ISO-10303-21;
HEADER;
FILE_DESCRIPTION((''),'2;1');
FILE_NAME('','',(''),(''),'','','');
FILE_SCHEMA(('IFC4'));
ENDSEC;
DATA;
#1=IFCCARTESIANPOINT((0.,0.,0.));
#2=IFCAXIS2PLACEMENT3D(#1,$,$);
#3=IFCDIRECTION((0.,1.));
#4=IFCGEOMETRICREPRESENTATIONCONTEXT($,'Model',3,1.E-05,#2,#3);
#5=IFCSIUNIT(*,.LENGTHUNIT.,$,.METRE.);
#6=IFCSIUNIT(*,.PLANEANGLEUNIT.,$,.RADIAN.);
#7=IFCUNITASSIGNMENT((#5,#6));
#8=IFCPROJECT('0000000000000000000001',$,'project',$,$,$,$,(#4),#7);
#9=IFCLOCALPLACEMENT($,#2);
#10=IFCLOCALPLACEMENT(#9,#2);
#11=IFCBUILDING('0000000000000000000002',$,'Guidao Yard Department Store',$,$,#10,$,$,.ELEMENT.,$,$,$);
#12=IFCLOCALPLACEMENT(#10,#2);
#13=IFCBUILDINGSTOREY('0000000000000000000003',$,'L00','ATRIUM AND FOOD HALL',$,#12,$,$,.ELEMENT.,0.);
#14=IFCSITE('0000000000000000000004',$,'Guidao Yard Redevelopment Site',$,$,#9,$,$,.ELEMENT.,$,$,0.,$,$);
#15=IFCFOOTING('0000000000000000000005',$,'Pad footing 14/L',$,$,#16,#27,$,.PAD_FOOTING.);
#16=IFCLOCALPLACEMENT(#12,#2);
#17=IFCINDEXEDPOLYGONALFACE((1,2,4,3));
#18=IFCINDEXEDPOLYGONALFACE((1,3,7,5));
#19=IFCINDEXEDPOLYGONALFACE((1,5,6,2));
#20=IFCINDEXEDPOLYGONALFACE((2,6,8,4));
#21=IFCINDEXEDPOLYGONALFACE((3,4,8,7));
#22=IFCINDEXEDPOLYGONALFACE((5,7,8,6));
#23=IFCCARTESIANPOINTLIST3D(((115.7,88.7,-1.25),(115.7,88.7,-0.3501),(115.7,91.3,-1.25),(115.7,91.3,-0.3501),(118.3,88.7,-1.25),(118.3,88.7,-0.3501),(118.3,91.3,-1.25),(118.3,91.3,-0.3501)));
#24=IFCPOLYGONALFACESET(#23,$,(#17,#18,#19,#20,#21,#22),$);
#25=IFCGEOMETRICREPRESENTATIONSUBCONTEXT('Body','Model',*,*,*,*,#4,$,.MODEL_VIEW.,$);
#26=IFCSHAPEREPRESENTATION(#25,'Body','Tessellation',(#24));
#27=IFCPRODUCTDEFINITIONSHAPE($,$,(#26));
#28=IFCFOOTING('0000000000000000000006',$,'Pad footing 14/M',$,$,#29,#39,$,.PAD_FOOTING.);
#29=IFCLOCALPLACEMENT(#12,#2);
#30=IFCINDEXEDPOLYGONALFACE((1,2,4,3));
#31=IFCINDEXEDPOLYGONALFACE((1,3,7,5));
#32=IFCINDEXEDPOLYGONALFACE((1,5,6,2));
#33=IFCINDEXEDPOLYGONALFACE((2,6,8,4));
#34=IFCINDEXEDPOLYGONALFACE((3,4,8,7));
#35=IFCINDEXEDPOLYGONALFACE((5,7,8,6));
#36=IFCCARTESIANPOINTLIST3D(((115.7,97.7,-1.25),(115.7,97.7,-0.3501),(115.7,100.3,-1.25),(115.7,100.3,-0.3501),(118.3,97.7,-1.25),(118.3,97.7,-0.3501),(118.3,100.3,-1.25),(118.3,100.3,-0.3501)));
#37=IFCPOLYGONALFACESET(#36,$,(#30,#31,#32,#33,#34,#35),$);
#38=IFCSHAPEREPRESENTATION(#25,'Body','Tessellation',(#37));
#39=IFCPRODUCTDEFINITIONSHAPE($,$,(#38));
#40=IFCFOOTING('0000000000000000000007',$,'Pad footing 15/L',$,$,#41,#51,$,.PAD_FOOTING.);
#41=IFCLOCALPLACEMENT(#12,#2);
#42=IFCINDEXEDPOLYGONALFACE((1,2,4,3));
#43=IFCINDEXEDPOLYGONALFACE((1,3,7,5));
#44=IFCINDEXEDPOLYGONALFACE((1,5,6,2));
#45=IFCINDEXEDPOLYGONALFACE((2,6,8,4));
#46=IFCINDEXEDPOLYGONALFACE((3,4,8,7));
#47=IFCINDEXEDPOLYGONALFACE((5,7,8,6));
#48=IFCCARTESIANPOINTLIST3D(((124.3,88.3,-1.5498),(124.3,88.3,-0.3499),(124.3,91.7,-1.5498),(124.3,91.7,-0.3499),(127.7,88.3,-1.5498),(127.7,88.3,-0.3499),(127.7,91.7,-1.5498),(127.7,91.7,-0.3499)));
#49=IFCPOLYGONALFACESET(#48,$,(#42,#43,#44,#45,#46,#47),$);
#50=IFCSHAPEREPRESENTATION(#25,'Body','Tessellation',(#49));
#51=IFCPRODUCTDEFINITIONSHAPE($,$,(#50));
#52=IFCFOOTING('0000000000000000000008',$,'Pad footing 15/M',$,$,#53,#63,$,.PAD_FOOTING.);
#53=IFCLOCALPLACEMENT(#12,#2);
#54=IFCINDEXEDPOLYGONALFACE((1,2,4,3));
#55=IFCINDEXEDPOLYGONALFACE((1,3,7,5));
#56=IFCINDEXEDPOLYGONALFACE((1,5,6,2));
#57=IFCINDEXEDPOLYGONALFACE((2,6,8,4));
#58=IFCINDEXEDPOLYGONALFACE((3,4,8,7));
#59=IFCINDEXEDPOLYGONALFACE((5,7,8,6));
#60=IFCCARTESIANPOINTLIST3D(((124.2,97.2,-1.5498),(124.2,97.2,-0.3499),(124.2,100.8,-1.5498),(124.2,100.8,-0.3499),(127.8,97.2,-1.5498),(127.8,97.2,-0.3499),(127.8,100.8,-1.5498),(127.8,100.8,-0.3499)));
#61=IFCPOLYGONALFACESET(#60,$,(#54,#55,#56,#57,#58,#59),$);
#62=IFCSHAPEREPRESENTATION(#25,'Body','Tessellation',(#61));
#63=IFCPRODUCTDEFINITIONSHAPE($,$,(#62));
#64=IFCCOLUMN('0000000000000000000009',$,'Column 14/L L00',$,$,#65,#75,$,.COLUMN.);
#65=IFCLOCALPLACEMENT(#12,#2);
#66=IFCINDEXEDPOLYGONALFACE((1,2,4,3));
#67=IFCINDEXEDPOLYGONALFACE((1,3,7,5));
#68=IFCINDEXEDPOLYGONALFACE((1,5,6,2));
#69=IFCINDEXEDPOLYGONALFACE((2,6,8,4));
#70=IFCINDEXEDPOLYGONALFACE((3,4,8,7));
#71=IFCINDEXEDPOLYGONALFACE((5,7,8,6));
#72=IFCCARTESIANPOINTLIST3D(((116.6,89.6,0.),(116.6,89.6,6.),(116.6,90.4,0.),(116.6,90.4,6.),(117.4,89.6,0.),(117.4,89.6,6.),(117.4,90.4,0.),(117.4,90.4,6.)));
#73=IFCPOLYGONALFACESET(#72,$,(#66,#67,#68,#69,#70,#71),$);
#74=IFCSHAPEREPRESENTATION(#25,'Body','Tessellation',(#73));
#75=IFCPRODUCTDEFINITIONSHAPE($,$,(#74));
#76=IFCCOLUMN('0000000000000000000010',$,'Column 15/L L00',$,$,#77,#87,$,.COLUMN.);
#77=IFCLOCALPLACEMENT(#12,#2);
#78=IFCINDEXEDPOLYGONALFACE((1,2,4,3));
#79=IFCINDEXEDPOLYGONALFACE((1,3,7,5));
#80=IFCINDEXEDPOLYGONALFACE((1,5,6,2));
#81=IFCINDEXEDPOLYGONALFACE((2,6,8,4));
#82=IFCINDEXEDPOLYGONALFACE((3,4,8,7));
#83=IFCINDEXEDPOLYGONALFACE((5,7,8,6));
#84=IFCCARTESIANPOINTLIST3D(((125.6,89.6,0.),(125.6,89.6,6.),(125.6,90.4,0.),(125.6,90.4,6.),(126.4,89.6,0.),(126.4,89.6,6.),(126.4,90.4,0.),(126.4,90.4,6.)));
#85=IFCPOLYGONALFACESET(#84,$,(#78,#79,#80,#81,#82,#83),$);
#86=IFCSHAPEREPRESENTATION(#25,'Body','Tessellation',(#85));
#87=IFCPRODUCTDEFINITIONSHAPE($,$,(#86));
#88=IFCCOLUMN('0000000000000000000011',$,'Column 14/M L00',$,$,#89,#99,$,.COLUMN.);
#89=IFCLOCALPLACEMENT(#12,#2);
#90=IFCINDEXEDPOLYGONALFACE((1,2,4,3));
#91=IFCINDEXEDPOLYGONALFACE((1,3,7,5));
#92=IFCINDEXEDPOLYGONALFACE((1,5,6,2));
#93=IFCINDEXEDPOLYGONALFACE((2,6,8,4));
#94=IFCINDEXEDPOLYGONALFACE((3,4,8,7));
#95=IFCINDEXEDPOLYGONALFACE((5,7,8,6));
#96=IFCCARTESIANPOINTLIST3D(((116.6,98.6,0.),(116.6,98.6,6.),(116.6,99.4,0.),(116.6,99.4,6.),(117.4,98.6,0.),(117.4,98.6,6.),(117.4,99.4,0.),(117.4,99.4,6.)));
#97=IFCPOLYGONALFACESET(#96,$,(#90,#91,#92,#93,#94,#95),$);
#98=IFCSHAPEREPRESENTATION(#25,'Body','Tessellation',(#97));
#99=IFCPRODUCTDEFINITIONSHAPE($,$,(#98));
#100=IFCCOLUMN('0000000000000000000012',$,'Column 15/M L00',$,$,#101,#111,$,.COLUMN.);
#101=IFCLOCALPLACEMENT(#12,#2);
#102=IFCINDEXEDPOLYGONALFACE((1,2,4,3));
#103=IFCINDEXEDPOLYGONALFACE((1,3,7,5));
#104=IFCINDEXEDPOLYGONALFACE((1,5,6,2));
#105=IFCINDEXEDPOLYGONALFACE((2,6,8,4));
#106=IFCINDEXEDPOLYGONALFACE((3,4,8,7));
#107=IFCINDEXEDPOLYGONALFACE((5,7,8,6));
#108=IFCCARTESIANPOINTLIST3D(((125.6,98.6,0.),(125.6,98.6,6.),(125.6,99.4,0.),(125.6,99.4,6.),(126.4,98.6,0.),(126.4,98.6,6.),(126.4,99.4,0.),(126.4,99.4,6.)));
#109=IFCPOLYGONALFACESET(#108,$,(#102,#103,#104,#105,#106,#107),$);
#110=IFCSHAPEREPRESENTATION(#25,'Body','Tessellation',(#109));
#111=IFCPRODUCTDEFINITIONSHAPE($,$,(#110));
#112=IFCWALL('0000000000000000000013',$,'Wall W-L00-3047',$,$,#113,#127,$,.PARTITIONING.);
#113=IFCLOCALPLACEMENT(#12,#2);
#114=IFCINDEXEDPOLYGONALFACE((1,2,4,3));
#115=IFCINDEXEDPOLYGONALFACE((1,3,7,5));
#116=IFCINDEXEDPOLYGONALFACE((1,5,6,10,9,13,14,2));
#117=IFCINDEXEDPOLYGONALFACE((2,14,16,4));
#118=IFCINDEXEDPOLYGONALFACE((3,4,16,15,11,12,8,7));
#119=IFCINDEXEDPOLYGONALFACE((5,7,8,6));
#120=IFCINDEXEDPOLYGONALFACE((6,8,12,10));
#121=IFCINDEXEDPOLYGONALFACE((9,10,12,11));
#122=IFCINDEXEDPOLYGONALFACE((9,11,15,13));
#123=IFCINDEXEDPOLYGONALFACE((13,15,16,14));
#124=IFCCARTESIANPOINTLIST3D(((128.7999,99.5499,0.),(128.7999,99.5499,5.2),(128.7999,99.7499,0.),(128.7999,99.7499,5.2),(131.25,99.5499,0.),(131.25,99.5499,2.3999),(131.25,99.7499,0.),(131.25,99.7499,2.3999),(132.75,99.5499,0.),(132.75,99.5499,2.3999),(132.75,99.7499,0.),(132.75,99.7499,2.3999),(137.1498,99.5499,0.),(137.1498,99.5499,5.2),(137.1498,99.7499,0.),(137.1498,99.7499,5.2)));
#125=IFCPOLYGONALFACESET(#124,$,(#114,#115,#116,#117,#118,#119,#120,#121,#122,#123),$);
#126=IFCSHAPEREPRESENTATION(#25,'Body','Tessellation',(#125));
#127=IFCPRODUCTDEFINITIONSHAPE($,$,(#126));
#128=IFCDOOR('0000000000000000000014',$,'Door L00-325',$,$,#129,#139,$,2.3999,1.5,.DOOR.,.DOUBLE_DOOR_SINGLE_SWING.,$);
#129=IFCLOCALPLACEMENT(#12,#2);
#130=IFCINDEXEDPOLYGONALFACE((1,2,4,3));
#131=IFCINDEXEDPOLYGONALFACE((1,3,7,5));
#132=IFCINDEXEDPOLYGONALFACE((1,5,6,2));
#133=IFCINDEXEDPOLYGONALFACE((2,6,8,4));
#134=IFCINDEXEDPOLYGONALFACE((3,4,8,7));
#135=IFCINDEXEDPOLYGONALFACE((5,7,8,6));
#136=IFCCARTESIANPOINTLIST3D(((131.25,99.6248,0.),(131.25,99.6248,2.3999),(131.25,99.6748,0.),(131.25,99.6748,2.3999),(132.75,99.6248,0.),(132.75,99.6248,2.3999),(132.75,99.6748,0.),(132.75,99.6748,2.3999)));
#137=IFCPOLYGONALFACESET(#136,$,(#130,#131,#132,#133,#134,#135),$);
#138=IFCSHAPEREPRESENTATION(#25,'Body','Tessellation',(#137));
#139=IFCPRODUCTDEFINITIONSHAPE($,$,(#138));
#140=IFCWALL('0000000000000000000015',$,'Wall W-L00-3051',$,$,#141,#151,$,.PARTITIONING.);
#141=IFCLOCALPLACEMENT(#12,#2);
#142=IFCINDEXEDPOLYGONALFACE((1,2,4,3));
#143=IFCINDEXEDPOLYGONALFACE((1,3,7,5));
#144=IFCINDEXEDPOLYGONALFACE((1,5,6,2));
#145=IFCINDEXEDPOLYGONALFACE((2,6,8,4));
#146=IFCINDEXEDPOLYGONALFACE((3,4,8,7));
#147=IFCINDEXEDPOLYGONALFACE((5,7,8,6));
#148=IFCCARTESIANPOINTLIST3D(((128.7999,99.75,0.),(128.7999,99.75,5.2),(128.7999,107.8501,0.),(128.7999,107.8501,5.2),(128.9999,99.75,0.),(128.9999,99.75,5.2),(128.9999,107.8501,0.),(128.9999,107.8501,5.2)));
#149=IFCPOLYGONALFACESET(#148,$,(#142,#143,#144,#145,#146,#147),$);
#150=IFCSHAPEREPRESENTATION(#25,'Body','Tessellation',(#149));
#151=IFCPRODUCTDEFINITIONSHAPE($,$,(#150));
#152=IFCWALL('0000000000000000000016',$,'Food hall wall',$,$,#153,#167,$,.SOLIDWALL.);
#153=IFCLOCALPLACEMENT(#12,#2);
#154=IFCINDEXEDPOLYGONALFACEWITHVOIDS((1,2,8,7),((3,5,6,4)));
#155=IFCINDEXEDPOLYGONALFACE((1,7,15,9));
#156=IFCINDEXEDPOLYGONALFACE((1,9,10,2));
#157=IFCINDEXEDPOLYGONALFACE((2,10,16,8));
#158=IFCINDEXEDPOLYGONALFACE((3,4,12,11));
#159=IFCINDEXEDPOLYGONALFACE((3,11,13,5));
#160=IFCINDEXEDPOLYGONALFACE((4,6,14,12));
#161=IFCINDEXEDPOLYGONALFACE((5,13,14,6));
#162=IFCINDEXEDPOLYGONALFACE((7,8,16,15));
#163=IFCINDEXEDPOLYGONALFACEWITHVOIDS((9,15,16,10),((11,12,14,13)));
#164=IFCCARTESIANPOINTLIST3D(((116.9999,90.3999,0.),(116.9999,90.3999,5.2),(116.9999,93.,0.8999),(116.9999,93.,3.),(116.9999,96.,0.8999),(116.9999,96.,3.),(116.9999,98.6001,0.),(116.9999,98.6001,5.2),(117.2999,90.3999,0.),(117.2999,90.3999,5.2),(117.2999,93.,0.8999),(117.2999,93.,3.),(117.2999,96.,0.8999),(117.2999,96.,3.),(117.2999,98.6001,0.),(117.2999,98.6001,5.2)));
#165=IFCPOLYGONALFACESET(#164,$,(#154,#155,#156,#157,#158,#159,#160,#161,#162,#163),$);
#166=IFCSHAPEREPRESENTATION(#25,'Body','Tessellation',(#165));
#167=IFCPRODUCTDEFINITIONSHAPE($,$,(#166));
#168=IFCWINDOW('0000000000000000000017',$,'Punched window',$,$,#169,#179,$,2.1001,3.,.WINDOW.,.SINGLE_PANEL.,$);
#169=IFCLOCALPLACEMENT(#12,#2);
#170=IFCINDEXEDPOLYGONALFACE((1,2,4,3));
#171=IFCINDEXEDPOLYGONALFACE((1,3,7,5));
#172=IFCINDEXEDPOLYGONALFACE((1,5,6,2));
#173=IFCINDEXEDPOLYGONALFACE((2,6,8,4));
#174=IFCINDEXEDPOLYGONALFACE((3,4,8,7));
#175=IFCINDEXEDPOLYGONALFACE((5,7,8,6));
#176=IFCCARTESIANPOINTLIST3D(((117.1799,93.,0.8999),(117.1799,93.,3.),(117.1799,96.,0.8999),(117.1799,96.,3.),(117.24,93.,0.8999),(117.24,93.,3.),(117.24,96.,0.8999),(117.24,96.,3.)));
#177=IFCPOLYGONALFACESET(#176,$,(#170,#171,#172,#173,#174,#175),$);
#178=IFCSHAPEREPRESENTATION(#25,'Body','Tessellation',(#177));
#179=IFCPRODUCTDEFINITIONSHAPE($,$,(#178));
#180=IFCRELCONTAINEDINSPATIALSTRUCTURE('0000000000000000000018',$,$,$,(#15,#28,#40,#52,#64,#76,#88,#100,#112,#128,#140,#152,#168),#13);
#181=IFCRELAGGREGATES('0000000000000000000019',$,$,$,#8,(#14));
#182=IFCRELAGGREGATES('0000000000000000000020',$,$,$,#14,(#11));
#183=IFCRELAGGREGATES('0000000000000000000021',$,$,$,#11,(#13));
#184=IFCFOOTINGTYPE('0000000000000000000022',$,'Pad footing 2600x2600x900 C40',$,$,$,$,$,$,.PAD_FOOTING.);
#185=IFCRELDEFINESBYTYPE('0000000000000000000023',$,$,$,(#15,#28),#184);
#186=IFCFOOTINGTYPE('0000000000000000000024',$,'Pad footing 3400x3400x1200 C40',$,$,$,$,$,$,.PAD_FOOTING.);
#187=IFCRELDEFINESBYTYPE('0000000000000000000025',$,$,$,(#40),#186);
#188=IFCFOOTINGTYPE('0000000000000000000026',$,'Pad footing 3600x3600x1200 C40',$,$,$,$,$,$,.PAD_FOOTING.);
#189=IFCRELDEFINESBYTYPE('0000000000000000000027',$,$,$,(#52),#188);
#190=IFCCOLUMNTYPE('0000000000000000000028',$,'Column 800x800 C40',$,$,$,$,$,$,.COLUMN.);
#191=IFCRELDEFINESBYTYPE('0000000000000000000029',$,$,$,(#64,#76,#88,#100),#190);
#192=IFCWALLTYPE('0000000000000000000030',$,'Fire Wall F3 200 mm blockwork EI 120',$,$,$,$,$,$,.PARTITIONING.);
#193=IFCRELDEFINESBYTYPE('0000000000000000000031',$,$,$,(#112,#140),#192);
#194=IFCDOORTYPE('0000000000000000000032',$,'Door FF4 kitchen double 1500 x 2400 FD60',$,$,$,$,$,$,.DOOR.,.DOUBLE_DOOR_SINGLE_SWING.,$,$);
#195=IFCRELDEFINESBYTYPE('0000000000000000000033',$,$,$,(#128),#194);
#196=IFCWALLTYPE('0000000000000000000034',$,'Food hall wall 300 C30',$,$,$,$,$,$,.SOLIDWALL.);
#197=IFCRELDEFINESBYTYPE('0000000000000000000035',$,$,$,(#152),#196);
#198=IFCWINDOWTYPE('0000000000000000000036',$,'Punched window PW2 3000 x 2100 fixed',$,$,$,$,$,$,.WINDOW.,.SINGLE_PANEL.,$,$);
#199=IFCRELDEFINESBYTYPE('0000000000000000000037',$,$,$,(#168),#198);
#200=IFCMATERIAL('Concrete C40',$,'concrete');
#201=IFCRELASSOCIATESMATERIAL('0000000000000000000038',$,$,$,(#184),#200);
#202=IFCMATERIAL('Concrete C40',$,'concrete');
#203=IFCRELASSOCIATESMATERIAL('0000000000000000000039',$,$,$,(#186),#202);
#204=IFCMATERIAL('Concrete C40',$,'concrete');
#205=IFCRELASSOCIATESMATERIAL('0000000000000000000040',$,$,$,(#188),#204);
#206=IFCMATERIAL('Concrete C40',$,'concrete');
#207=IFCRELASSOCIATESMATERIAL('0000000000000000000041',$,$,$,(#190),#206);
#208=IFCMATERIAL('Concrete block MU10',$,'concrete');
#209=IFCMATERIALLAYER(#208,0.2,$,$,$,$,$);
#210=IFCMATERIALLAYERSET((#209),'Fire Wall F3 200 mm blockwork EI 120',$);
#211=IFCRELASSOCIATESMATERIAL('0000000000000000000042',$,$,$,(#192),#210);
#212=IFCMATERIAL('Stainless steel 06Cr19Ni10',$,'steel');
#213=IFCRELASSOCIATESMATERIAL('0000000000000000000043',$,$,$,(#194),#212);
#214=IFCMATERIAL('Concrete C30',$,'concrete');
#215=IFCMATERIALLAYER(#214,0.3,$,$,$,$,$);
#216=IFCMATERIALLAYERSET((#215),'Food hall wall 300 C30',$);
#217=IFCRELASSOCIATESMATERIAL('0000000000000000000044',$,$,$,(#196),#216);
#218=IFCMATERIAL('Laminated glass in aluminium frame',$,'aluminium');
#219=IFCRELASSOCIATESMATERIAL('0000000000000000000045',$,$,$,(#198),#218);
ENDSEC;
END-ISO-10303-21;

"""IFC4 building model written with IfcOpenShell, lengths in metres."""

from ifc_helpers import new_model, si_unit, direction, frame, frame_2d, origin, origin_2d, place, context, subcontext, project, spatial, rectangle, extrude, material, layer, layer_set, material_profile, profile_set, type_object, element, fill, save


model = new_model("IFC4")

# Units and contexts
model_context = context("Model", 3, precision=1e-05, world=origin(), true_north=direction((0.0, 1.0)))
body_context = subcontext(model_context, "Body", "Model", "MODEL_VIEW")
ifc_project = project(units=[si_unit("LENGTHUNIT", "METRE"), si_unit("PLANEANGLEUNIT", "RADIAN")], contexts=[model_context])

# Site, building, storey
site_placement = place(None, origin())
site = spatial("IfcSite", under=ifc_project, at=site_placement, Name="Guidao Yard Redevelopment Site", CompositionType="ELEMENT", RefElevation=0.0)
building_placement = place(site_placement, origin())
building = spatial("IfcBuilding", under=site, at=building_placement, Name="Guidao Yard Department Store", CompositionType="ELEMENT")
storey_placement = place(building_placement, origin())
storey = spatial("IfcBuildingStorey", under=building, at=storey_placement, Name="L00", Description="ATRIUM AND FOOD HALL", CompositionType="ELEMENT", Elevation=0.0)

# Footings
ifc_material_1 = material(Name="Concrete C40", Category="concrete")
footing_type_1 = type_object("IfcFootingType", Name="Pad footing 2600x2600x900 C40", PredefinedType="PAD_FOOTING", material=ifc_material_1)
for number, where, z_axis, x_axis, name in (
    (1, (117.0, 90.0, -1.25), (0.0, 0.0, 1.0), (1.0, 0.0, 0.0), "Pad footing 14/L"),
    (2, (117.0, 99.0, -1.25), (0.0, 0.0, 1.0), (1.0, 0.0, 0.0), "Pad footing 14/M"),
):
    element("IfcFooting", number, at=place(storey_placement, frame(where, z_axis=z_axis, x_axis=x_axis)), inside=storey, type_object=footing_type_1, Name=name, PredefinedType="PAD_FOOTING", context=body_context, shape_type="SweptSolid", body=[
        extrude(rectangle(XDim=2.6001, YDim=2.6001, at=origin_2d()), origin(), (0.0, 0.0, 1.0), 0.8999),
    ])
ifc_material_2 = material(Name="Concrete C40", Category="concrete")
footing_type_2 = type_object("IfcFootingType", Name="Pad footing 3400x3400x1200 C40", PredefinedType="PAD_FOOTING", material=ifc_material_2)
footing_1_placement = place(storey_placement, frame((126.0, 90.0, -1.5498), z_axis=(0.0, 0.0, 1.0), x_axis=(1.0, 0.0, 0.0)))
element("IfcFooting", 3, at=footing_1_placement, inside=storey, type_object=footing_type_2, Name="Pad footing 15/L", PredefinedType="PAD_FOOTING", context=body_context, shape_type="SweptSolid", body=[
    extrude(rectangle(XDim=3.3999, YDim=3.3999, at=origin_2d()), origin(), (0.0, 0.0, 1.0), 1.2),
])
ifc_material_3 = material(Name="Concrete C40", Category="concrete")
footing_type_3 = type_object("IfcFootingType", Name="Pad footing 3600x3600x1200 C40", PredefinedType="PAD_FOOTING", material=ifc_material_3)
footing_2_placement = place(storey_placement, frame((126.0, 99.0, -1.5498), z_axis=(0.0, 0.0, 1.0), x_axis=(1.0, 0.0, 0.0)))
element("IfcFooting", 4, at=footing_2_placement, inside=storey, type_object=footing_type_3, Name="Pad footing 15/M", PredefinedType="PAD_FOOTING", context=body_context, shape_type="SweptSolid", body=[
    extrude(rectangle(XDim=3.6001, YDim=3.6001, at=origin_2d()), origin(), (0.0, 0.0, 1.0), 1.2),
])

# Columns
ifc_material_4 = material(Name="Concrete C40", Category="concrete")
ifc_material_profile = material_profile(ifc_material_4, rectangle(XDim=0.8, YDim=0.8, at=origin_2d()), Name="COL 800x800")
ifc_profile_set = profile_set([ifc_material_profile], Name="Concrete C40")
column_type = type_object("IfcColumnType", Name="Column 800x800 C40", PredefinedType="COLUMN", material=ifc_profile_set)
for number, where, z_axis, x_axis, name in (
    (5, (117.0, 90.0, 0.0), (0.0, 0.0, 1.0), (1.0, 0.0, 0.0), "Column 14/L L00"),
    (6, (126.0, 90.0, 0.0), (0.0, 0.0, 1.0), (1.0, 0.0, 0.0), "Column 15/L L00"),
    (7, (117.0, 99.0, 0.0), (0.0, 0.0, 1.0), (1.0, 0.0, 0.0), "Column 14/M L00"),
    (8, (126.0, 99.0, 0.0), (0.0, 0.0, 1.0), (1.0, 0.0, 0.0), "Column 15/M L00"),
):
    element("IfcColumn", number, at=place(storey_placement, frame(where, z_axis=z_axis, x_axis=x_axis)), inside=storey, type_object=column_type, Name=name, PredefinedType="COLUMN", context=body_context, shape_type="SweptSolid", body=[
        extrude(rectangle(XDim=0.8, YDim=0.8, at=origin_2d()), origin(), (0.0, 0.0, 1.0), 6.0),
    ])

# Wall, opening, door
ifc_material_5 = material(Name="Concrete block MU10", Category="concrete")
ifc_layer_1 = layer(ifc_material_5, 0.2)
ifc_layer_set_1 = layer_set([ifc_layer_1], Name="Fire Wall F3 200 mm blockwork EI 120")
wall_type_1 = type_object("IfcWallType", Name="Fire Wall F3 200 mm blockwork EI 120", PredefinedType="PARTITIONING", material=ifc_layer_set_1)
wall_1_placement = place(storey_placement, frame((128.8, 99.6499, 0.0), z_axis=(0.0, 0.0, 1.0), x_axis=(1.0, 0.0, 0.0)))
wall_1 = element("IfcWall", 9, at=wall_1_placement, inside=storey, type_object=wall_type_1, Name="Wall W-L00-3047", PredefinedType="PARTITIONING", context=body_context, shape_type="SweptSolid", body=[
    extrude(rectangle(XDim=8.3499, YDim=0.2, at=frame_2d((4.1748, 0.0))), origin(), (0.0, 0.0, 1.0), 5.2),
])
opening_1_placement = place(wall_1_placement, frame((2.45, 0.0, 0.0)))
opening_1 = element("IfcOpeningElement", 10, at=opening_1_placement, cuts=wall_1, PredefinedType="OPENING", context=body_context, shape_type="SweptSolid", body=[
    extrude(rectangle(XDim=1.5, YDim=2.3999, at=frame_2d((0.75, 1.2))), frame((0.0, 0.1099, 0.0), z_axis=(0.0, -1.0, 0.0), x_axis=(1.0, 0.0, 0.0)), (0.0, 0.0, 1.0), 0.22),
])
ifc_material_6 = material(Name="Stainless steel 06Cr19Ni10", Category="steel")
door_type_1 = type_object("IfcDoorType", Name="Door FF4 kitchen double 1500 x 2400 FD60", OperationType="DOUBLE_DOOR_SINGLE_SWING", PredefinedType="DOOR", material=ifc_material_6)
door_1_placement = place(opening_1_placement, origin())
door_1 = element("IfcDoor", 11, at=door_1_placement, inside=storey, type_object=door_type_1, Name="Door L00-325", OperationType="DOUBLE_DOOR_SINGLE_SWING", OverallHeight=2.3999, OverallWidth=1.5, PredefinedType="DOOR", context=body_context, shape_type="SweptSolid", body=[
    extrude(rectangle(XDim=1.5, YDim=2.3999, at=frame_2d((0.75, 1.2))), frame((0.0, 0.0249, 0.0), z_axis=(0.0, -1.0, 0.0), x_axis=(1.0, 0.0, 0.0)), (0.0, 0.0, 1.0), 0.05),
])
fill(opening_1, door_1)

# Wall
wall_2_placement = place(storey_placement, frame((128.8999, 99.75, 0.0), z_axis=(0.0, 0.0, 1.0), x_axis=(0.0, 1.0, 0.0)))
element("IfcWall", 12, at=wall_2_placement, inside=storey, type_object=wall_type_1, Name="Wall W-L00-3051", PredefinedType="PARTITIONING", context=body_context, shape_type="SweptSolid", body=[
    extrude(rectangle(XDim=8.1001, YDim=0.2, at=frame_2d((4.05, 0.0))), origin(), (0.0, 0.0, 1.0), 5.2),
])

# Wall, opening, window
ifc_material_7 = material(Name="Concrete C30", Category="concrete")
ifc_layer_2 = layer(ifc_material_7, 0.3)
ifc_layer_set_2 = layer_set([ifc_layer_2], Name="Food hall wall 300 C30")
wall_type_2 = type_object("IfcWallType", Name="Food hall wall 300 C30", PredefinedType="SOLIDWALL", material=ifc_layer_set_2)
wall_3_placement = place(storey_placement, frame((117.1499, 90.3999, 0.0), z_axis=(0.0, 0.0, 1.0), x_axis=(0.0, 1.0, 0.0)))
wall_3 = element("IfcWall", 13, at=wall_3_placement, inside=storey, type_object=wall_type_2, Name="Food hall wall", PredefinedType="SOLIDWALL", context=body_context, shape_type="SweptSolid", body=[
    extrude(rectangle(XDim=8.2002, YDim=0.3, at=frame_2d((4.1001, 0.0))), origin(), (0.0, 0.0, 1.0), 5.2),
])
opening_2_placement = place(wall_3_placement, frame((2.6001, 0.0, 0.8999)))
opening_2 = element("IfcOpeningElement", 14, at=opening_2_placement, cuts=wall_3, PredefinedType="OPENING", context=body_context, shape_type="SweptSolid", body=[
    extrude(rectangle(XDim=3.0, YDim=2.1001, at=frame_2d((1.5, 1.05))), frame((0.0, 0.1599, 0.0), z_axis=(0.0, -1.0, 0.0), x_axis=(1.0, 0.0, 0.0)), (0.0, 0.0, 1.0), 0.3201),
])
ifc_material_8 = material(Name="Laminated glass in aluminium frame", Category="aluminium")
window_type = type_object("IfcWindowType", Name="Punched window PW2 3000 x 2100 fixed", PartitioningType="SINGLE_PANEL", PredefinedType="WINDOW", material=ifc_material_8)
window_placement = place(opening_2_placement, origin())
window = element("IfcWindow", 15, at=window_placement, inside=storey, type_object=window_type, Name="Punched window", OverallHeight=2.1001, OverallWidth=3.0, PartitioningType="SINGLE_PANEL", PredefinedType="WINDOW", context=body_context, shape_type="SweptSolid", body=[
    extrude(rectangle(XDim=3.0, YDim=2.1001, at=frame_2d((1.5, 1.05))), frame((0.0, -0.03, 0.0), z_axis=(0.0, -1.0, 0.0), x_axis=(1.0, 0.0, 0.0)), (0.0, 0.0, 1.0), 0.0601),
])
fill(opening_2, window)

save(model, "model.ifc")
